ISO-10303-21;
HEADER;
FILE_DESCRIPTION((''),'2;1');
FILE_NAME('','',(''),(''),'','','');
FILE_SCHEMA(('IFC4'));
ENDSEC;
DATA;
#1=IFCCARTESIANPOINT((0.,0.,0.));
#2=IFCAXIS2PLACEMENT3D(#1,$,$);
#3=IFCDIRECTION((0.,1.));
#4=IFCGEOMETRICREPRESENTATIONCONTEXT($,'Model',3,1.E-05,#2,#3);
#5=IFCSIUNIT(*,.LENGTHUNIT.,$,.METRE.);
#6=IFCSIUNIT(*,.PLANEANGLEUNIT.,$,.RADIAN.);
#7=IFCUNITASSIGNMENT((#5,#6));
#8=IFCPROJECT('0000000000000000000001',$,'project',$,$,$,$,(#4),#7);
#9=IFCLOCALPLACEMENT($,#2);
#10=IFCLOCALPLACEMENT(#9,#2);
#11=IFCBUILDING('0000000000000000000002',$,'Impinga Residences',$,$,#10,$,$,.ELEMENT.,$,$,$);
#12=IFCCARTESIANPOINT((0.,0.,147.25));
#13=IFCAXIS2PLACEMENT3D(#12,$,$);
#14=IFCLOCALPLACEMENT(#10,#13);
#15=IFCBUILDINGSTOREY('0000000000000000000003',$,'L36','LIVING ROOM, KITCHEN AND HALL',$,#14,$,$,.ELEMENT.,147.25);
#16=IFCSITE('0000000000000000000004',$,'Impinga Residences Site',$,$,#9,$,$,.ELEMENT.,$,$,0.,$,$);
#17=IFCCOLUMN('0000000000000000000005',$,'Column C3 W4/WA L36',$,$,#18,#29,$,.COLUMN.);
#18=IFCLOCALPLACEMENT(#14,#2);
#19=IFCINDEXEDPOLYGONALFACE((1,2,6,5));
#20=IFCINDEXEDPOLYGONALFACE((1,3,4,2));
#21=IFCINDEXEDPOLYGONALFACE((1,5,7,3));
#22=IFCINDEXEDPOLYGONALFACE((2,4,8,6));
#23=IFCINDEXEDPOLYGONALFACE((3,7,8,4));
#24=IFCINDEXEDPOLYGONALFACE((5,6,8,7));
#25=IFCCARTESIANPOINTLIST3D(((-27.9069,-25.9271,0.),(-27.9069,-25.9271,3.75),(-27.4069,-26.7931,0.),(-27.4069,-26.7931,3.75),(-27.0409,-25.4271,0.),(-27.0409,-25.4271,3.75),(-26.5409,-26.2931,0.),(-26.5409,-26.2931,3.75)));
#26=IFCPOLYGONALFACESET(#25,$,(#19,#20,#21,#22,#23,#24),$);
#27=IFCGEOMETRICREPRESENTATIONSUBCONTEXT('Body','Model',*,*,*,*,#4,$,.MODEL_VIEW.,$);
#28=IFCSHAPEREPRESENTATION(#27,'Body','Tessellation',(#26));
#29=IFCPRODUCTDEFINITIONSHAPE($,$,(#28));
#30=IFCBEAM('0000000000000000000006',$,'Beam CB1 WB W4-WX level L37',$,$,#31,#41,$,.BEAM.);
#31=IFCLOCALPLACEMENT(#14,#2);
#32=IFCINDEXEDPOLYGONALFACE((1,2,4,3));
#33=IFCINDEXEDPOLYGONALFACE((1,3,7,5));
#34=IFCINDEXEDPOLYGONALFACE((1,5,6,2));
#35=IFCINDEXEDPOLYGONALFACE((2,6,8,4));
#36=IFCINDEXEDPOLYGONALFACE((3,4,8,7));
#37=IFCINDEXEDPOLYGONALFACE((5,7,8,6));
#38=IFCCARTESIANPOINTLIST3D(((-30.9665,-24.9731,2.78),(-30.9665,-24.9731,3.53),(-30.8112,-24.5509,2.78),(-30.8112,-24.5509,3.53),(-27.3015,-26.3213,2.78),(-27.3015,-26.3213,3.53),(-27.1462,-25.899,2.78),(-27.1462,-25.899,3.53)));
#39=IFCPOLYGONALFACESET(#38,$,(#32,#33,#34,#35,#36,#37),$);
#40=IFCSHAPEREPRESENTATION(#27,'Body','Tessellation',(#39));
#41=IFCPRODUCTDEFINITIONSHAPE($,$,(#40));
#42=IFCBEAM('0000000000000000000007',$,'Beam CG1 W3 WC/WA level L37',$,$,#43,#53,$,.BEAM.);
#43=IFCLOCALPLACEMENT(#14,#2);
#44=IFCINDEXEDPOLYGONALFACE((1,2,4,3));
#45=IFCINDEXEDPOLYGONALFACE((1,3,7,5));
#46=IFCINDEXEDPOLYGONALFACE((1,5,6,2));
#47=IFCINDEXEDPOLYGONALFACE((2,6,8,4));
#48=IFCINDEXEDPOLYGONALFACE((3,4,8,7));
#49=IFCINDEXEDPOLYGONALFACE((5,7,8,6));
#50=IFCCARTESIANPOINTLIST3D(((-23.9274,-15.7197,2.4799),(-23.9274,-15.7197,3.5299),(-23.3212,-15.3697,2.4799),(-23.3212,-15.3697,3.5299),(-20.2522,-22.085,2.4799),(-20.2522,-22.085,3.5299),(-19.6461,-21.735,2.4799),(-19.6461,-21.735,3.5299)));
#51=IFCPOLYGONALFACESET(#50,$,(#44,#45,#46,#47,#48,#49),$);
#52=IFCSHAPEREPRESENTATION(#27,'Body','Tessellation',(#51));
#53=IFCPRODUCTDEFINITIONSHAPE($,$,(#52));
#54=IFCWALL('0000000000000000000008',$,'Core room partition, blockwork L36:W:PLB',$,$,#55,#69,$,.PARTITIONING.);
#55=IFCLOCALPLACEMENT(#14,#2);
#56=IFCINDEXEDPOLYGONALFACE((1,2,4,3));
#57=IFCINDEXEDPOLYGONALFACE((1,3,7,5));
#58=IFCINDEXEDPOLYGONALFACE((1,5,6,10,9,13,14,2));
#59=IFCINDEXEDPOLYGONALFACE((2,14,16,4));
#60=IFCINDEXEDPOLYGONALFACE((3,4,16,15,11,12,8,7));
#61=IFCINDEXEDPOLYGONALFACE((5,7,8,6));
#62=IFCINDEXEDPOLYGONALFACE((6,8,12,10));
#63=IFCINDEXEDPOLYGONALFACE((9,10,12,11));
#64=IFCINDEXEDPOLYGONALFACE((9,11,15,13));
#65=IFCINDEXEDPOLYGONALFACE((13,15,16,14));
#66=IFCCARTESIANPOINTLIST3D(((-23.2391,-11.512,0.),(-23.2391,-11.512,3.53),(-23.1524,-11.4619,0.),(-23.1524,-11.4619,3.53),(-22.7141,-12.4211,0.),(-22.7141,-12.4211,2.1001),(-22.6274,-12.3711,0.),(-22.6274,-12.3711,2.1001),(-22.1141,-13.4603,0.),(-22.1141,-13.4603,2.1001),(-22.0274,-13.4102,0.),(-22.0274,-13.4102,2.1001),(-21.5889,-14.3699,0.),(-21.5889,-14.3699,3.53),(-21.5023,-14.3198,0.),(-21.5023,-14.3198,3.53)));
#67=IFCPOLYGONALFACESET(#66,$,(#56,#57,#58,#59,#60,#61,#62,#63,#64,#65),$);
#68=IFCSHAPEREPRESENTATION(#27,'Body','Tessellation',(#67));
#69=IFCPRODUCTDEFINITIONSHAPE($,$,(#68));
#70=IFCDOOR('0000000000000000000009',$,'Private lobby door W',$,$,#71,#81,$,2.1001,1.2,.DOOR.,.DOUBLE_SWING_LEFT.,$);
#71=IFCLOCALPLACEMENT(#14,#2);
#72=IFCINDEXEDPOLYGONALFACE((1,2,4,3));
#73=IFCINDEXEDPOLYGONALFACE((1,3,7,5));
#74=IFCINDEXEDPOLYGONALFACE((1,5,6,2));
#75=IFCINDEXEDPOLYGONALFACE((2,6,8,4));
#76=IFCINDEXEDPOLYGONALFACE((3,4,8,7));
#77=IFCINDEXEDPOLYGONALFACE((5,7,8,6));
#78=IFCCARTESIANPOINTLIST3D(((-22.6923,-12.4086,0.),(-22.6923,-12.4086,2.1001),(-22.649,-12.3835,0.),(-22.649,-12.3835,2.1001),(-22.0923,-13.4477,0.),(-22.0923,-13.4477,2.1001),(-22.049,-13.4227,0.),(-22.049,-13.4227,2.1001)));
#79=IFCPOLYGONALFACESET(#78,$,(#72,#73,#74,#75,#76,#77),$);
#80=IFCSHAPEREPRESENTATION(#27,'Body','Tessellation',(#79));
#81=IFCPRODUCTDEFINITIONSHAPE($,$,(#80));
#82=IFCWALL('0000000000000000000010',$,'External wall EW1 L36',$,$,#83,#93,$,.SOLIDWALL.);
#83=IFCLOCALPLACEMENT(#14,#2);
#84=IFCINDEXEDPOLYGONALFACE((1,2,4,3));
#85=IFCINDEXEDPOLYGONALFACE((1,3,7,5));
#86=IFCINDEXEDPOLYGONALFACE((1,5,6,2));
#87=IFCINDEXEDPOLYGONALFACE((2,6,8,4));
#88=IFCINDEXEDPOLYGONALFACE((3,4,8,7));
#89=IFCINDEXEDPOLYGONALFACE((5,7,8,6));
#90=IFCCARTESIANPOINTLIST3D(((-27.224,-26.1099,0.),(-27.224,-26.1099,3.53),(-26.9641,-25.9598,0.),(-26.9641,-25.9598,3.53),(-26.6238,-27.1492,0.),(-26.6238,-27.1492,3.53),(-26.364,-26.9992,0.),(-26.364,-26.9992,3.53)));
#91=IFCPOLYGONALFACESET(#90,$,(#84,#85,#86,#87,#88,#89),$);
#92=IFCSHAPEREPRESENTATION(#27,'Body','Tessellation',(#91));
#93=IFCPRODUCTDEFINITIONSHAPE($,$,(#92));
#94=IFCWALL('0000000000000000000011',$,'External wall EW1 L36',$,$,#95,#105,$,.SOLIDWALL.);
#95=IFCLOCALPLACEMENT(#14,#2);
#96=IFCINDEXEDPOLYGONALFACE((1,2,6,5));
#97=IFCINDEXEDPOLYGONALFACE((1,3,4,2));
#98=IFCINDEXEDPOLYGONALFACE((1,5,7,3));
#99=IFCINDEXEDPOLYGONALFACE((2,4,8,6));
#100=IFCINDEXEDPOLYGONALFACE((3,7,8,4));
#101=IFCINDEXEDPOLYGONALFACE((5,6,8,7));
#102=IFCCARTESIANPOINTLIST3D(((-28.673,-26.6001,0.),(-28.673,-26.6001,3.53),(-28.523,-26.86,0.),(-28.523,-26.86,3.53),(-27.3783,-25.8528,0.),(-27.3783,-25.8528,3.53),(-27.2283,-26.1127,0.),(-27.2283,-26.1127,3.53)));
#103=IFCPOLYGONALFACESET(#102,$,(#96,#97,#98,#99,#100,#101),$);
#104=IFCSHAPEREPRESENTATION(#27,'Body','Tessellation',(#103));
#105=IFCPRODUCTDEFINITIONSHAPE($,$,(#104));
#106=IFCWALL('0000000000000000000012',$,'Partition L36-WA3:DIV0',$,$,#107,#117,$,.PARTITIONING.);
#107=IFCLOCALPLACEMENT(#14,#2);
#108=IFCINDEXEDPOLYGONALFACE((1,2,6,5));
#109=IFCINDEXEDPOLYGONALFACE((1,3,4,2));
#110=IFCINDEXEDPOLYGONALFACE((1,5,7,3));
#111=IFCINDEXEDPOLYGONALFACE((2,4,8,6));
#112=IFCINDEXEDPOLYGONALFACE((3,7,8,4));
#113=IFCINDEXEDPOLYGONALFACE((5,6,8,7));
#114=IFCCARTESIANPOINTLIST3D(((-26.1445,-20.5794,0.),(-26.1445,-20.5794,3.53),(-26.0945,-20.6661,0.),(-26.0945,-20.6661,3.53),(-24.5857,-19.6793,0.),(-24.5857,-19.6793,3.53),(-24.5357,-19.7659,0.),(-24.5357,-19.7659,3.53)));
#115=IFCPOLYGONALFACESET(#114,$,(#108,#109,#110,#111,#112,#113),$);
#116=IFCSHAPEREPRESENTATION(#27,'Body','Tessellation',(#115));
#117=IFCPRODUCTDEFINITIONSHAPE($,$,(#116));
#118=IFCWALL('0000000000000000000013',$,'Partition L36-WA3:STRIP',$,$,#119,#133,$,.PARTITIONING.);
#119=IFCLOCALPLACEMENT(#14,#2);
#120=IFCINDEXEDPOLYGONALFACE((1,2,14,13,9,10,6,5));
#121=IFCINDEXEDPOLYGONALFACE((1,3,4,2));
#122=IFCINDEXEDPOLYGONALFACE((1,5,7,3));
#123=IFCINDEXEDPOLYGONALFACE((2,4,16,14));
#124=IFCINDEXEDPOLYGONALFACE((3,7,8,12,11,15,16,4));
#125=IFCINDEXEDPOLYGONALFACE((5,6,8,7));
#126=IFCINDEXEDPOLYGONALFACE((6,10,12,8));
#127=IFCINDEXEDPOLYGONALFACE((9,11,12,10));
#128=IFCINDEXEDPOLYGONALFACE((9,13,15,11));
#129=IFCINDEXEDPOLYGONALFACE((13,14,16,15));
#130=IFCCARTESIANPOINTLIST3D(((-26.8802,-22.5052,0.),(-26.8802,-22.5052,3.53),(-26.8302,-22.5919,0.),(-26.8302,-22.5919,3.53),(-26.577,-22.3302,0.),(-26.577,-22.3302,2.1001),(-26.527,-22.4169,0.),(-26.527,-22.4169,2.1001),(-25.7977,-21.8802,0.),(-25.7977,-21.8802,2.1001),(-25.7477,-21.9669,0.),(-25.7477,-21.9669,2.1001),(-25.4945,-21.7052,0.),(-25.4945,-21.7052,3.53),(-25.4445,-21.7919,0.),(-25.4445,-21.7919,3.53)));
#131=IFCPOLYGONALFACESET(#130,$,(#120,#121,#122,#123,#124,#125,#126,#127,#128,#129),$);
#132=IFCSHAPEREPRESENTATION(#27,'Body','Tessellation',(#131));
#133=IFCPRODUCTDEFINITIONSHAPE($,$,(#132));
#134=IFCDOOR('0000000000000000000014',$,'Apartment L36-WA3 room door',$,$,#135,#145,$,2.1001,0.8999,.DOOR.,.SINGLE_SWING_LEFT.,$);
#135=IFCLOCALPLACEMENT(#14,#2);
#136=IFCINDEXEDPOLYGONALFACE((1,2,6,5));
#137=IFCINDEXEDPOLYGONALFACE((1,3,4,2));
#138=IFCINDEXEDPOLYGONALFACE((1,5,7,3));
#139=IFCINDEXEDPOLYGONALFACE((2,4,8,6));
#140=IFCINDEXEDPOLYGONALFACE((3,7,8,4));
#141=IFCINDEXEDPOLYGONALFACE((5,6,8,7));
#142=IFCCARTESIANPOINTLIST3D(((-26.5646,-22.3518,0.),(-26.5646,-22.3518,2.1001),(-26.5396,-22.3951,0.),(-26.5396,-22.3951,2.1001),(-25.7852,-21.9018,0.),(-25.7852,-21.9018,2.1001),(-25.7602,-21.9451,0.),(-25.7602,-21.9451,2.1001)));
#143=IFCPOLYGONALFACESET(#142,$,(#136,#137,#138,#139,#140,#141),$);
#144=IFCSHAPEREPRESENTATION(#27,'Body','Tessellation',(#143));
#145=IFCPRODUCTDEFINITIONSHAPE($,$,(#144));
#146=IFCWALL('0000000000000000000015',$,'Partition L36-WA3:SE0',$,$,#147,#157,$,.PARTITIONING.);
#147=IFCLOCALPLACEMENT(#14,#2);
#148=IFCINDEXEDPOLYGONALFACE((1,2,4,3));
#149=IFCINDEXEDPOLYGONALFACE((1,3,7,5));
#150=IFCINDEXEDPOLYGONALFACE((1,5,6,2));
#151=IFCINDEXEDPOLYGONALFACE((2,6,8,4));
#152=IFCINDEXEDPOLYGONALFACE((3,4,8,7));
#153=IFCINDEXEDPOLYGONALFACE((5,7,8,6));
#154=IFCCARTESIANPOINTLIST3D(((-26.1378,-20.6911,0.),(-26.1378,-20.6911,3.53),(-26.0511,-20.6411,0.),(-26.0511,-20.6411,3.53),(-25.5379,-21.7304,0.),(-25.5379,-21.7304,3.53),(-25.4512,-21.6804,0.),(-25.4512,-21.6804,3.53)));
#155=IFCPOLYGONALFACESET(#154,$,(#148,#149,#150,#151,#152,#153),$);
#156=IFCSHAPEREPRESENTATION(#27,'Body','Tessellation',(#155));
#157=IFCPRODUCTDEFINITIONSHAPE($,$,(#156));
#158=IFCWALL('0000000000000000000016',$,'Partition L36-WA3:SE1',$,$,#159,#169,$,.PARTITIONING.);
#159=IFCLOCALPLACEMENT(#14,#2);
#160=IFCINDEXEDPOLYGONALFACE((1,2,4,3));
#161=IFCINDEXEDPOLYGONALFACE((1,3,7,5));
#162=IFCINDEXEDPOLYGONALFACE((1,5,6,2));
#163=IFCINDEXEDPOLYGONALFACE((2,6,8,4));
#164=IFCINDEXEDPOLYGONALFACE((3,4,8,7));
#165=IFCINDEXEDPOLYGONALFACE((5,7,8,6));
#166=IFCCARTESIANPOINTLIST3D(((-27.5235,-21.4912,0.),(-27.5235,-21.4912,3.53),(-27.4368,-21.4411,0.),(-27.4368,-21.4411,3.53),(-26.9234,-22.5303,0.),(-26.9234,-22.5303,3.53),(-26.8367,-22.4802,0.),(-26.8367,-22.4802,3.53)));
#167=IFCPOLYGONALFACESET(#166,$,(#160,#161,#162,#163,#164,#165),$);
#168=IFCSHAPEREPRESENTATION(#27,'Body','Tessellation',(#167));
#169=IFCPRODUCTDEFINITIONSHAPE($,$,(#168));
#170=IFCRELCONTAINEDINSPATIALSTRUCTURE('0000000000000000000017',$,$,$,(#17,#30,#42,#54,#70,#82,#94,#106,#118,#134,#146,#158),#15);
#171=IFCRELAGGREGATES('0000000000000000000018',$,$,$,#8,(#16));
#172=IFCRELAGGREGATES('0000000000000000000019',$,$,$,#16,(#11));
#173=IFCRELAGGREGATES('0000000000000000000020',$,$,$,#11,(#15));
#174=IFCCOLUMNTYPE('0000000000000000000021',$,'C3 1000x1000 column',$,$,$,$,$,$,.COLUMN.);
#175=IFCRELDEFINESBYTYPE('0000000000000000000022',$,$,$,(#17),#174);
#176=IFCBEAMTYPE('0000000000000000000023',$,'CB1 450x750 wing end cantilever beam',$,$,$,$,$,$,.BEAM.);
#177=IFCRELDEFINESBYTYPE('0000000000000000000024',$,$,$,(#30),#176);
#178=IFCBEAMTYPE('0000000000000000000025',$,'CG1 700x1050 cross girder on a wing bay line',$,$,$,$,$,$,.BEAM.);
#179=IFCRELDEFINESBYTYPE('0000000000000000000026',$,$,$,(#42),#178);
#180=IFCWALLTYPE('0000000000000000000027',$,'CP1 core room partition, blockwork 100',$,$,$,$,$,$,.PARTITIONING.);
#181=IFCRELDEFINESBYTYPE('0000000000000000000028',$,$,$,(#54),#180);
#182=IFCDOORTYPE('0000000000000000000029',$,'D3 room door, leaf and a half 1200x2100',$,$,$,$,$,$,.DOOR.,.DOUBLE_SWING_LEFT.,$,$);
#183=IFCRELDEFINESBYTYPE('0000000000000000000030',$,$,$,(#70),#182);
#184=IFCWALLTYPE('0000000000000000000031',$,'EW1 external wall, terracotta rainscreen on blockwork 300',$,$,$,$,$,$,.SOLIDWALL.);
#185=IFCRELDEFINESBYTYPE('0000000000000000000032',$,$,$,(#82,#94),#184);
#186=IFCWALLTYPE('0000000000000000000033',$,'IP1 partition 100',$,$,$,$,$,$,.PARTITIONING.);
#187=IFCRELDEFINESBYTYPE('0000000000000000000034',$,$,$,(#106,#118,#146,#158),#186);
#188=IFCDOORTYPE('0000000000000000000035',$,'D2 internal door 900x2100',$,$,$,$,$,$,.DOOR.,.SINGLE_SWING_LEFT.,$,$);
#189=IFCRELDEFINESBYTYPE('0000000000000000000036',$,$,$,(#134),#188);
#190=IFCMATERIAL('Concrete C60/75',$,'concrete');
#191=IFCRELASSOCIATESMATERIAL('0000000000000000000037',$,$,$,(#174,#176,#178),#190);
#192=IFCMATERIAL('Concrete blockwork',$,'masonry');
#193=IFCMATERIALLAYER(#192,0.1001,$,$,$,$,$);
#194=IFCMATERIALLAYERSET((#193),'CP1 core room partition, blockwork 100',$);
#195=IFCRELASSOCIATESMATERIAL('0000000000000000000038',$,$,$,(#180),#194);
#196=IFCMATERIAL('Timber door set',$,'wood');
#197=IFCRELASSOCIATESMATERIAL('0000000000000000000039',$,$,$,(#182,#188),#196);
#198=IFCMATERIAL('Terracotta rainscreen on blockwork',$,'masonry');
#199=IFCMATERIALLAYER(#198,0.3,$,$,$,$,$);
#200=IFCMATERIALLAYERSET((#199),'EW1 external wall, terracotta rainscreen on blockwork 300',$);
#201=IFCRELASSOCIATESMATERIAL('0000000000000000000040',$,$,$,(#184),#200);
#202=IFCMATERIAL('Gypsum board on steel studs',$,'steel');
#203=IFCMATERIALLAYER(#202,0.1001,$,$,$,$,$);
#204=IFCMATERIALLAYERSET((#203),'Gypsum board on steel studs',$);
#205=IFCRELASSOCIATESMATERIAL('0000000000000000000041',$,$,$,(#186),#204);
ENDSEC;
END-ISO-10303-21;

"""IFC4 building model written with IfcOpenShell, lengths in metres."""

from ifc_helpers import new_model, si_unit, direction, frame, frame_2d, origin, origin_2d, place, context, subcontext, project, spatial, rectangle, extrude, material, layer, layer_set, material_profile, profile_set, type_object, element, fill, save


model = new_model("IFC4")

# Units and contexts
model_context = context("Model", 3, precision=1e-05, world=origin(), true_north=direction((0.0, 1.0)))
body_context = subcontext(model_context, "Body", "Model", "MODEL_VIEW")
ifc_project = project(units=[si_unit("LENGTHUNIT", "METRE"), si_unit("PLANEANGLEUNIT", "RADIAN")], contexts=[model_context])

# Site, building, storey
site_placement = place(None, origin())
site = spatial("IfcSite", under=ifc_project, at=site_placement, Name="Impinga Residences Site", CompositionType="ELEMENT", RefElevation=0.0)
building_placement = place(site_placement, origin())
building = spatial("IfcBuilding", under=site, at=building_placement, Name="Impinga Residences", CompositionType="ELEMENT")
storey_placement = place(building_placement, frame((0.0, 0.0, 147.25)))
storey = spatial("IfcBuildingStorey", under=building, at=storey_placement, Name="L36", Description="LIVING ROOM, KITCHEN AND HALL", CompositionType="ELEMENT", Elevation=147.25)

# Column
ifc_material_1 = material(Name="Concrete C60/75", Category="concrete")
ifc_material_profile_1 = material_profile(ifc_material_1, rectangle(XDim=1.0, YDim=1.0, at=origin_2d()), Name="RC 1000x1000")
ifc_profile_set_1 = profile_set([ifc_material_profile_1], Name="Concrete C60/75")
column_type = type_object("IfcColumnType", Name="C3 1000x1000 column", PredefinedType="COLUMN", material=ifc_profile_set_1)
column_placement = place(storey_placement, frame((-27.2239, -26.1101, 0.0), z_axis=(0.0, 0.0, 1.0), x_axis=(-0.5, 0.866025, 0.0)))
element("IfcColumn", 1, at=column_placement, inside=storey, type_object=column_type, Name="Column C3 W4/WA L36", PredefinedType="COLUMN", context=body_context, shape_type="SweptSolid", body=[
    extrude(rectangle(XDim=1.0, YDim=1.0, at=origin_2d()), origin(), (0.0, 0.0, 1.0), 3.75),
])

# Beams
ifc_material_profile_2 = material_profile(ifc_material_1, rectangle(XDim=0.45, YDim=0.75, at=origin_2d()), Name="RC 450x750")
ifc_profile_set_2 = profile_set([ifc_material_profile_2], Name="Concrete C60/75")
beam_type_1 = type_object("IfcBeamType", Name="CB1 450x750 wing end cantilever beam", PredefinedType="BEAM", material=ifc_profile_set_2)
beam_1_placement = place(storey_placement, frame((-27.2239, -26.1101, 3.155), z_axis=(-0.93852, 0.345224, 0.0), x_axis=(-0.345224, -0.93852, 0.0)))
element("IfcBeam", 2, at=beam_1_placement, inside=storey, type_object=beam_type_1, Name="Beam CB1 WB W4-WX level L37", PredefinedType="BEAM", context=body_context, shape_type="SweptSolid", body=[
    extrude(rectangle(XDim=0.45, YDim=0.75, at=origin_2d()), origin(), (0.0, 0.0, 1.0), 3.905),
])
ifc_material_profile_3 = material_profile(ifc_material_1, rectangle(XDim=0.7, YDim=1.05, at=origin_2d()), Name="RC 700x1050")
ifc_profile_set_3 = profile_set([ifc_material_profile_3], Name="Concrete C60/75")
beam_type_2 = type_object("IfcBeamType", Name="CG1 700x1050 cross girder on a wing bay line", PredefinedType="BEAM", material=ifc_profile_set_3)
beam_2_placement = place(storey_placement, frame((-23.6243, -15.5447, 3.0049), z_axis=(0.500008, -0.866021, 0.0), x_axis=(0.866021, 0.500008, 0.0)))
element("IfcBeam", 3, at=beam_2_placement, inside=storey, type_object=beam_type_2, Name="Beam CG1 W3 WC/WA level L37", PredefinedType="BEAM", context=body_context, shape_type="SweptSolid", body=[
    extrude(rectangle(XDim=0.7, YDim=1.05, at=origin_2d()), origin(), (0.0, 0.0, 1.0), 7.3501),
])

# Wall, opening, door
ifc_material_2 = material(Name="Concrete blockwork", Category="masonry")
ifc_layer_1 = layer(ifc_material_2, 0.1001)
ifc_layer_set_1 = layer_set([ifc_layer_1], Name="CP1 core room partition, blockwork 100")
wall_type_1 = type_object("IfcWallType", Name="CP1 core room partition, blockwork 100", PredefinedType="PARTITIONING", material=ifc_layer_set_1)
wall_1_placement = place(storey_placement, frame((-21.5457, -14.3447, 0.0), z_axis=(0.0, 0.0, 1.0), x_axis=(-0.50003, 0.866008, 0.0)))
wall_1 = element("IfcWall", 4, at=wall_1_placement, inside=storey, type_object=wall_type_1, Name="Core room partition, blockwork L36:W:PLB", PredefinedType="PARTITIONING", context=body_context, shape_type="SweptSolid", body=[
    extrude(rectangle(XDim=3.3, YDim=0.1001, at=frame_2d((1.6499, 0.0))), origin(), (0.0, 0.0, 1.0), 3.53),
])
opening_1_placement = place(wall_1_placement, frame((1.05, 0.0, 0.0)))
opening_1 = element("IfcOpeningElement", 5, at=opening_1_placement, cuts=wall_1, PredefinedType="OPENING", context=body_context, shape_type="SweptSolid", body=[
    extrude(rectangle(XDim=1.2, YDim=2.1001, at=frame_2d((0.6001, 1.05))), frame((0.0, 0.0601, 0.0), z_axis=(0.0, -1.0, 0.0), x_axis=(1.0, 0.0, 0.0)), (0.0, 0.0, 1.0), 0.1201),
])
ifc_material_3 = material(Name="Timber door set", Category="wood")
door_type_1 = type_object("IfcDoorType", Name="D3 room door, leaf and a half 1200x2100", OperationType="DOUBLE_SWING_LEFT", PredefinedType="DOOR", material=ifc_material_3)
door_1_placement = place(opening_1_placement, origin())
door_1 = element("IfcDoor", 6, at=door_1_placement, inside=storey, type_object=door_type_1, Name="Private lobby door W", OperationType="DOUBLE_SWING_LEFT", OverallHeight=2.1001, OverallWidth=1.2, PredefinedType="DOOR", context=body_context, shape_type="SweptSolid", body=[
    extrude(rectangle(XDim=1.2, YDim=2.1001, at=frame_2d((0.6001, 1.05))), frame((0.0, 0.0249, 0.0), z_axis=(0.0, -1.0, 0.0), x_axis=(1.0, 0.0, 0.0)), (0.0, 0.0, 1.0), 0.05),
])
fill(opening_1, door_1)

# Walls
ifc_material_4 = material(Name="Terracotta rainscreen on blockwork", Category="masonry")
ifc_layer_2 = layer(ifc_material_4, 0.3)
ifc_layer_set_2 = layer_set([ifc_layer_2], Name="EW1 external wall, terracotta rainscreen on blockwork 300")
wall_type_2 = type_object("IfcWallType", Name="EW1 external wall, terracotta rainscreen on blockwork 300", PredefinedType="SOLIDWALL", material=ifc_layer_set_2)
wall_2_placement = place(storey_placement, frame((-26.4939, -27.0742, 0.0), z_axis=(0.0, 0.0, 1.0), x_axis=(-0.500034, 0.866006, 0.0)))
element("IfcWall", 7, at=wall_2_placement, inside=storey, type_object=wall_type_2, Name="External wall EW1 L36", PredefinedType="SOLIDWALL", context=body_context, shape_type="SweptSolid", body=[
    extrude(rectangle(XDim=1.2002, YDim=0.3, at=frame_2d((0.6001, 0.0))), origin(), (0.0, 0.0, 1.0), 3.53),
])
wall_3_placement = place(storey_placement, frame((-27.3032, -25.9827, 0.0), z_axis=(0.0, 0.0, 1.0), x_axis=(-0.866074, -0.499916, 0.0)))
element("IfcWall", 8, at=wall_3_placement, inside=storey, type_object=wall_type_2, Name="External wall EW1 L36", PredefinedType="SOLIDWALL", context=body_context, shape_type="SweptSolid", body=[
    extrude(rectangle(XDim=1.4949, YDim=0.3, at=frame_2d((0.7476, 0.0))), origin(), (0.0, 0.0, 1.0), 3.53),
])
ifc_material_5 = material(Name="Gypsum board on steel studs", Category="steel")
ifc_layer_3 = layer(ifc_material_5, 0.1001)
ifc_layer_set_3 = layer_set([ifc_layer_3], Name="Gypsum board on steel studs")
wall_type_3 = type_object("IfcWallType", Name="IP1 partition 100", PredefinedType="PARTITIONING", material=ifc_layer_set_3)
wall_4_placement = place(storey_placement, frame((-24.5608, -19.7227, 0.0), z_axis=(0.0, 0.0, 1.0), x_axis=(-0.865989, -0.500063, 0.0)))
element("IfcWall", 9, at=wall_4_placement, inside=storey, type_object=wall_type_3, Name="Partition L36-WA3:DIV0", PredefinedType="PARTITIONING", context=body_context, shape_type="SweptSolid", body=[
    extrude(rectangle(XDim=1.8, YDim=0.1001, at=frame_2d((0.8999, 0.0))), origin(), (0.0, 0.0, 1.0), 3.53),
])

# Wall, opening, door
wall_5_placement = place(storey_placement, frame((-25.4695, -21.7485, 0.0), z_axis=(0.0, 0.0, 1.0), x_axis=(-0.866028, -0.499995, 0.0)))
wall_5 = element("IfcWall", 10, at=wall_5_placement, inside=storey, type_object=wall_type_3, Name="Partition L36-WA3:STRIP", PredefinedType="PARTITIONING", context=body_context, shape_type="SweptSolid", body=[
    extrude(rectangle(XDim=1.6001, YDim=0.1001, at=frame_2d((0.8, 0.0))), origin(), (0.0, 0.0, 1.0), 3.53),
])
opening_2_placement = place(wall_5_placement, frame((0.3501, 0.0, 0.0)))
opening_2 = element("IfcOpeningElement", 11, at=opening_2_placement, cuts=wall_5, PredefinedType="OPENING", context=body_context, shape_type="SweptSolid", body=[
    extrude(rectangle(XDim=0.8999, YDim=2.1001, at=frame_2d((0.45, 1.05))), frame((0.0, 0.0601, 0.0), z_axis=(0.0, -1.0, 0.0), x_axis=(1.0, 0.0, 0.0)), (0.0, 0.0, 1.0), 0.1201),
])
door_type_2 = type_object("IfcDoorType", Name="D2 internal door 900x2100", OperationType="SINGLE_SWING_LEFT", PredefinedType="DOOR", material=ifc_material_3)
door_2_placement = place(opening_2_placement, origin())
door_2 = element("IfcDoor", 12, at=door_2_placement, inside=storey, type_object=door_type_2, Name="Apartment L36-WA3 room door", OperationType="SINGLE_SWING_LEFT", OverallHeight=2.1001, OverallWidth=0.8999, PredefinedType="DOOR", context=body_context, shape_type="SweptSolid", body=[
    extrude(rectangle(XDim=0.8999, YDim=2.1001, at=frame_2d((0.45, 1.05))), frame((0.0, 0.0249, 0.0), z_axis=(0.0, -1.0, 0.0), x_axis=(1.0, 0.0, 0.0)), (0.0, 0.0, 1.0), 0.05),
])
fill(opening_2, door_2)

# Walls
for number, where, z_axis, x_axis, name in (
    (13, (-26.0945, -20.666, 0.0), (0.0, 0.0, 1.0), (0.499881, -0.866094, 0.0), "Partition L36-WA3:SE0"),
    (14, (-27.4802, -21.4661, 0.0), (0.0, 0.0, 1.0), (0.500122, -0.865955, 0.0), "Partition L36-WA3:SE1"),
):
    element("IfcWall", number, at=place(storey_placement, frame(where, z_axis=z_axis, x_axis=x_axis)), inside=storey, type_object=wall_type_3, Name=name, PredefinedType="PARTITIONING", context=body_context, shape_type="SweptSolid", body=[
        extrude(rectangle(XDim=1.2, YDim=0.1001, at=frame_2d((0.6001, 0.0))), origin(), (0.0, 0.0, 1.0), 3.53),
    ])

save(model, "model.ifc")
